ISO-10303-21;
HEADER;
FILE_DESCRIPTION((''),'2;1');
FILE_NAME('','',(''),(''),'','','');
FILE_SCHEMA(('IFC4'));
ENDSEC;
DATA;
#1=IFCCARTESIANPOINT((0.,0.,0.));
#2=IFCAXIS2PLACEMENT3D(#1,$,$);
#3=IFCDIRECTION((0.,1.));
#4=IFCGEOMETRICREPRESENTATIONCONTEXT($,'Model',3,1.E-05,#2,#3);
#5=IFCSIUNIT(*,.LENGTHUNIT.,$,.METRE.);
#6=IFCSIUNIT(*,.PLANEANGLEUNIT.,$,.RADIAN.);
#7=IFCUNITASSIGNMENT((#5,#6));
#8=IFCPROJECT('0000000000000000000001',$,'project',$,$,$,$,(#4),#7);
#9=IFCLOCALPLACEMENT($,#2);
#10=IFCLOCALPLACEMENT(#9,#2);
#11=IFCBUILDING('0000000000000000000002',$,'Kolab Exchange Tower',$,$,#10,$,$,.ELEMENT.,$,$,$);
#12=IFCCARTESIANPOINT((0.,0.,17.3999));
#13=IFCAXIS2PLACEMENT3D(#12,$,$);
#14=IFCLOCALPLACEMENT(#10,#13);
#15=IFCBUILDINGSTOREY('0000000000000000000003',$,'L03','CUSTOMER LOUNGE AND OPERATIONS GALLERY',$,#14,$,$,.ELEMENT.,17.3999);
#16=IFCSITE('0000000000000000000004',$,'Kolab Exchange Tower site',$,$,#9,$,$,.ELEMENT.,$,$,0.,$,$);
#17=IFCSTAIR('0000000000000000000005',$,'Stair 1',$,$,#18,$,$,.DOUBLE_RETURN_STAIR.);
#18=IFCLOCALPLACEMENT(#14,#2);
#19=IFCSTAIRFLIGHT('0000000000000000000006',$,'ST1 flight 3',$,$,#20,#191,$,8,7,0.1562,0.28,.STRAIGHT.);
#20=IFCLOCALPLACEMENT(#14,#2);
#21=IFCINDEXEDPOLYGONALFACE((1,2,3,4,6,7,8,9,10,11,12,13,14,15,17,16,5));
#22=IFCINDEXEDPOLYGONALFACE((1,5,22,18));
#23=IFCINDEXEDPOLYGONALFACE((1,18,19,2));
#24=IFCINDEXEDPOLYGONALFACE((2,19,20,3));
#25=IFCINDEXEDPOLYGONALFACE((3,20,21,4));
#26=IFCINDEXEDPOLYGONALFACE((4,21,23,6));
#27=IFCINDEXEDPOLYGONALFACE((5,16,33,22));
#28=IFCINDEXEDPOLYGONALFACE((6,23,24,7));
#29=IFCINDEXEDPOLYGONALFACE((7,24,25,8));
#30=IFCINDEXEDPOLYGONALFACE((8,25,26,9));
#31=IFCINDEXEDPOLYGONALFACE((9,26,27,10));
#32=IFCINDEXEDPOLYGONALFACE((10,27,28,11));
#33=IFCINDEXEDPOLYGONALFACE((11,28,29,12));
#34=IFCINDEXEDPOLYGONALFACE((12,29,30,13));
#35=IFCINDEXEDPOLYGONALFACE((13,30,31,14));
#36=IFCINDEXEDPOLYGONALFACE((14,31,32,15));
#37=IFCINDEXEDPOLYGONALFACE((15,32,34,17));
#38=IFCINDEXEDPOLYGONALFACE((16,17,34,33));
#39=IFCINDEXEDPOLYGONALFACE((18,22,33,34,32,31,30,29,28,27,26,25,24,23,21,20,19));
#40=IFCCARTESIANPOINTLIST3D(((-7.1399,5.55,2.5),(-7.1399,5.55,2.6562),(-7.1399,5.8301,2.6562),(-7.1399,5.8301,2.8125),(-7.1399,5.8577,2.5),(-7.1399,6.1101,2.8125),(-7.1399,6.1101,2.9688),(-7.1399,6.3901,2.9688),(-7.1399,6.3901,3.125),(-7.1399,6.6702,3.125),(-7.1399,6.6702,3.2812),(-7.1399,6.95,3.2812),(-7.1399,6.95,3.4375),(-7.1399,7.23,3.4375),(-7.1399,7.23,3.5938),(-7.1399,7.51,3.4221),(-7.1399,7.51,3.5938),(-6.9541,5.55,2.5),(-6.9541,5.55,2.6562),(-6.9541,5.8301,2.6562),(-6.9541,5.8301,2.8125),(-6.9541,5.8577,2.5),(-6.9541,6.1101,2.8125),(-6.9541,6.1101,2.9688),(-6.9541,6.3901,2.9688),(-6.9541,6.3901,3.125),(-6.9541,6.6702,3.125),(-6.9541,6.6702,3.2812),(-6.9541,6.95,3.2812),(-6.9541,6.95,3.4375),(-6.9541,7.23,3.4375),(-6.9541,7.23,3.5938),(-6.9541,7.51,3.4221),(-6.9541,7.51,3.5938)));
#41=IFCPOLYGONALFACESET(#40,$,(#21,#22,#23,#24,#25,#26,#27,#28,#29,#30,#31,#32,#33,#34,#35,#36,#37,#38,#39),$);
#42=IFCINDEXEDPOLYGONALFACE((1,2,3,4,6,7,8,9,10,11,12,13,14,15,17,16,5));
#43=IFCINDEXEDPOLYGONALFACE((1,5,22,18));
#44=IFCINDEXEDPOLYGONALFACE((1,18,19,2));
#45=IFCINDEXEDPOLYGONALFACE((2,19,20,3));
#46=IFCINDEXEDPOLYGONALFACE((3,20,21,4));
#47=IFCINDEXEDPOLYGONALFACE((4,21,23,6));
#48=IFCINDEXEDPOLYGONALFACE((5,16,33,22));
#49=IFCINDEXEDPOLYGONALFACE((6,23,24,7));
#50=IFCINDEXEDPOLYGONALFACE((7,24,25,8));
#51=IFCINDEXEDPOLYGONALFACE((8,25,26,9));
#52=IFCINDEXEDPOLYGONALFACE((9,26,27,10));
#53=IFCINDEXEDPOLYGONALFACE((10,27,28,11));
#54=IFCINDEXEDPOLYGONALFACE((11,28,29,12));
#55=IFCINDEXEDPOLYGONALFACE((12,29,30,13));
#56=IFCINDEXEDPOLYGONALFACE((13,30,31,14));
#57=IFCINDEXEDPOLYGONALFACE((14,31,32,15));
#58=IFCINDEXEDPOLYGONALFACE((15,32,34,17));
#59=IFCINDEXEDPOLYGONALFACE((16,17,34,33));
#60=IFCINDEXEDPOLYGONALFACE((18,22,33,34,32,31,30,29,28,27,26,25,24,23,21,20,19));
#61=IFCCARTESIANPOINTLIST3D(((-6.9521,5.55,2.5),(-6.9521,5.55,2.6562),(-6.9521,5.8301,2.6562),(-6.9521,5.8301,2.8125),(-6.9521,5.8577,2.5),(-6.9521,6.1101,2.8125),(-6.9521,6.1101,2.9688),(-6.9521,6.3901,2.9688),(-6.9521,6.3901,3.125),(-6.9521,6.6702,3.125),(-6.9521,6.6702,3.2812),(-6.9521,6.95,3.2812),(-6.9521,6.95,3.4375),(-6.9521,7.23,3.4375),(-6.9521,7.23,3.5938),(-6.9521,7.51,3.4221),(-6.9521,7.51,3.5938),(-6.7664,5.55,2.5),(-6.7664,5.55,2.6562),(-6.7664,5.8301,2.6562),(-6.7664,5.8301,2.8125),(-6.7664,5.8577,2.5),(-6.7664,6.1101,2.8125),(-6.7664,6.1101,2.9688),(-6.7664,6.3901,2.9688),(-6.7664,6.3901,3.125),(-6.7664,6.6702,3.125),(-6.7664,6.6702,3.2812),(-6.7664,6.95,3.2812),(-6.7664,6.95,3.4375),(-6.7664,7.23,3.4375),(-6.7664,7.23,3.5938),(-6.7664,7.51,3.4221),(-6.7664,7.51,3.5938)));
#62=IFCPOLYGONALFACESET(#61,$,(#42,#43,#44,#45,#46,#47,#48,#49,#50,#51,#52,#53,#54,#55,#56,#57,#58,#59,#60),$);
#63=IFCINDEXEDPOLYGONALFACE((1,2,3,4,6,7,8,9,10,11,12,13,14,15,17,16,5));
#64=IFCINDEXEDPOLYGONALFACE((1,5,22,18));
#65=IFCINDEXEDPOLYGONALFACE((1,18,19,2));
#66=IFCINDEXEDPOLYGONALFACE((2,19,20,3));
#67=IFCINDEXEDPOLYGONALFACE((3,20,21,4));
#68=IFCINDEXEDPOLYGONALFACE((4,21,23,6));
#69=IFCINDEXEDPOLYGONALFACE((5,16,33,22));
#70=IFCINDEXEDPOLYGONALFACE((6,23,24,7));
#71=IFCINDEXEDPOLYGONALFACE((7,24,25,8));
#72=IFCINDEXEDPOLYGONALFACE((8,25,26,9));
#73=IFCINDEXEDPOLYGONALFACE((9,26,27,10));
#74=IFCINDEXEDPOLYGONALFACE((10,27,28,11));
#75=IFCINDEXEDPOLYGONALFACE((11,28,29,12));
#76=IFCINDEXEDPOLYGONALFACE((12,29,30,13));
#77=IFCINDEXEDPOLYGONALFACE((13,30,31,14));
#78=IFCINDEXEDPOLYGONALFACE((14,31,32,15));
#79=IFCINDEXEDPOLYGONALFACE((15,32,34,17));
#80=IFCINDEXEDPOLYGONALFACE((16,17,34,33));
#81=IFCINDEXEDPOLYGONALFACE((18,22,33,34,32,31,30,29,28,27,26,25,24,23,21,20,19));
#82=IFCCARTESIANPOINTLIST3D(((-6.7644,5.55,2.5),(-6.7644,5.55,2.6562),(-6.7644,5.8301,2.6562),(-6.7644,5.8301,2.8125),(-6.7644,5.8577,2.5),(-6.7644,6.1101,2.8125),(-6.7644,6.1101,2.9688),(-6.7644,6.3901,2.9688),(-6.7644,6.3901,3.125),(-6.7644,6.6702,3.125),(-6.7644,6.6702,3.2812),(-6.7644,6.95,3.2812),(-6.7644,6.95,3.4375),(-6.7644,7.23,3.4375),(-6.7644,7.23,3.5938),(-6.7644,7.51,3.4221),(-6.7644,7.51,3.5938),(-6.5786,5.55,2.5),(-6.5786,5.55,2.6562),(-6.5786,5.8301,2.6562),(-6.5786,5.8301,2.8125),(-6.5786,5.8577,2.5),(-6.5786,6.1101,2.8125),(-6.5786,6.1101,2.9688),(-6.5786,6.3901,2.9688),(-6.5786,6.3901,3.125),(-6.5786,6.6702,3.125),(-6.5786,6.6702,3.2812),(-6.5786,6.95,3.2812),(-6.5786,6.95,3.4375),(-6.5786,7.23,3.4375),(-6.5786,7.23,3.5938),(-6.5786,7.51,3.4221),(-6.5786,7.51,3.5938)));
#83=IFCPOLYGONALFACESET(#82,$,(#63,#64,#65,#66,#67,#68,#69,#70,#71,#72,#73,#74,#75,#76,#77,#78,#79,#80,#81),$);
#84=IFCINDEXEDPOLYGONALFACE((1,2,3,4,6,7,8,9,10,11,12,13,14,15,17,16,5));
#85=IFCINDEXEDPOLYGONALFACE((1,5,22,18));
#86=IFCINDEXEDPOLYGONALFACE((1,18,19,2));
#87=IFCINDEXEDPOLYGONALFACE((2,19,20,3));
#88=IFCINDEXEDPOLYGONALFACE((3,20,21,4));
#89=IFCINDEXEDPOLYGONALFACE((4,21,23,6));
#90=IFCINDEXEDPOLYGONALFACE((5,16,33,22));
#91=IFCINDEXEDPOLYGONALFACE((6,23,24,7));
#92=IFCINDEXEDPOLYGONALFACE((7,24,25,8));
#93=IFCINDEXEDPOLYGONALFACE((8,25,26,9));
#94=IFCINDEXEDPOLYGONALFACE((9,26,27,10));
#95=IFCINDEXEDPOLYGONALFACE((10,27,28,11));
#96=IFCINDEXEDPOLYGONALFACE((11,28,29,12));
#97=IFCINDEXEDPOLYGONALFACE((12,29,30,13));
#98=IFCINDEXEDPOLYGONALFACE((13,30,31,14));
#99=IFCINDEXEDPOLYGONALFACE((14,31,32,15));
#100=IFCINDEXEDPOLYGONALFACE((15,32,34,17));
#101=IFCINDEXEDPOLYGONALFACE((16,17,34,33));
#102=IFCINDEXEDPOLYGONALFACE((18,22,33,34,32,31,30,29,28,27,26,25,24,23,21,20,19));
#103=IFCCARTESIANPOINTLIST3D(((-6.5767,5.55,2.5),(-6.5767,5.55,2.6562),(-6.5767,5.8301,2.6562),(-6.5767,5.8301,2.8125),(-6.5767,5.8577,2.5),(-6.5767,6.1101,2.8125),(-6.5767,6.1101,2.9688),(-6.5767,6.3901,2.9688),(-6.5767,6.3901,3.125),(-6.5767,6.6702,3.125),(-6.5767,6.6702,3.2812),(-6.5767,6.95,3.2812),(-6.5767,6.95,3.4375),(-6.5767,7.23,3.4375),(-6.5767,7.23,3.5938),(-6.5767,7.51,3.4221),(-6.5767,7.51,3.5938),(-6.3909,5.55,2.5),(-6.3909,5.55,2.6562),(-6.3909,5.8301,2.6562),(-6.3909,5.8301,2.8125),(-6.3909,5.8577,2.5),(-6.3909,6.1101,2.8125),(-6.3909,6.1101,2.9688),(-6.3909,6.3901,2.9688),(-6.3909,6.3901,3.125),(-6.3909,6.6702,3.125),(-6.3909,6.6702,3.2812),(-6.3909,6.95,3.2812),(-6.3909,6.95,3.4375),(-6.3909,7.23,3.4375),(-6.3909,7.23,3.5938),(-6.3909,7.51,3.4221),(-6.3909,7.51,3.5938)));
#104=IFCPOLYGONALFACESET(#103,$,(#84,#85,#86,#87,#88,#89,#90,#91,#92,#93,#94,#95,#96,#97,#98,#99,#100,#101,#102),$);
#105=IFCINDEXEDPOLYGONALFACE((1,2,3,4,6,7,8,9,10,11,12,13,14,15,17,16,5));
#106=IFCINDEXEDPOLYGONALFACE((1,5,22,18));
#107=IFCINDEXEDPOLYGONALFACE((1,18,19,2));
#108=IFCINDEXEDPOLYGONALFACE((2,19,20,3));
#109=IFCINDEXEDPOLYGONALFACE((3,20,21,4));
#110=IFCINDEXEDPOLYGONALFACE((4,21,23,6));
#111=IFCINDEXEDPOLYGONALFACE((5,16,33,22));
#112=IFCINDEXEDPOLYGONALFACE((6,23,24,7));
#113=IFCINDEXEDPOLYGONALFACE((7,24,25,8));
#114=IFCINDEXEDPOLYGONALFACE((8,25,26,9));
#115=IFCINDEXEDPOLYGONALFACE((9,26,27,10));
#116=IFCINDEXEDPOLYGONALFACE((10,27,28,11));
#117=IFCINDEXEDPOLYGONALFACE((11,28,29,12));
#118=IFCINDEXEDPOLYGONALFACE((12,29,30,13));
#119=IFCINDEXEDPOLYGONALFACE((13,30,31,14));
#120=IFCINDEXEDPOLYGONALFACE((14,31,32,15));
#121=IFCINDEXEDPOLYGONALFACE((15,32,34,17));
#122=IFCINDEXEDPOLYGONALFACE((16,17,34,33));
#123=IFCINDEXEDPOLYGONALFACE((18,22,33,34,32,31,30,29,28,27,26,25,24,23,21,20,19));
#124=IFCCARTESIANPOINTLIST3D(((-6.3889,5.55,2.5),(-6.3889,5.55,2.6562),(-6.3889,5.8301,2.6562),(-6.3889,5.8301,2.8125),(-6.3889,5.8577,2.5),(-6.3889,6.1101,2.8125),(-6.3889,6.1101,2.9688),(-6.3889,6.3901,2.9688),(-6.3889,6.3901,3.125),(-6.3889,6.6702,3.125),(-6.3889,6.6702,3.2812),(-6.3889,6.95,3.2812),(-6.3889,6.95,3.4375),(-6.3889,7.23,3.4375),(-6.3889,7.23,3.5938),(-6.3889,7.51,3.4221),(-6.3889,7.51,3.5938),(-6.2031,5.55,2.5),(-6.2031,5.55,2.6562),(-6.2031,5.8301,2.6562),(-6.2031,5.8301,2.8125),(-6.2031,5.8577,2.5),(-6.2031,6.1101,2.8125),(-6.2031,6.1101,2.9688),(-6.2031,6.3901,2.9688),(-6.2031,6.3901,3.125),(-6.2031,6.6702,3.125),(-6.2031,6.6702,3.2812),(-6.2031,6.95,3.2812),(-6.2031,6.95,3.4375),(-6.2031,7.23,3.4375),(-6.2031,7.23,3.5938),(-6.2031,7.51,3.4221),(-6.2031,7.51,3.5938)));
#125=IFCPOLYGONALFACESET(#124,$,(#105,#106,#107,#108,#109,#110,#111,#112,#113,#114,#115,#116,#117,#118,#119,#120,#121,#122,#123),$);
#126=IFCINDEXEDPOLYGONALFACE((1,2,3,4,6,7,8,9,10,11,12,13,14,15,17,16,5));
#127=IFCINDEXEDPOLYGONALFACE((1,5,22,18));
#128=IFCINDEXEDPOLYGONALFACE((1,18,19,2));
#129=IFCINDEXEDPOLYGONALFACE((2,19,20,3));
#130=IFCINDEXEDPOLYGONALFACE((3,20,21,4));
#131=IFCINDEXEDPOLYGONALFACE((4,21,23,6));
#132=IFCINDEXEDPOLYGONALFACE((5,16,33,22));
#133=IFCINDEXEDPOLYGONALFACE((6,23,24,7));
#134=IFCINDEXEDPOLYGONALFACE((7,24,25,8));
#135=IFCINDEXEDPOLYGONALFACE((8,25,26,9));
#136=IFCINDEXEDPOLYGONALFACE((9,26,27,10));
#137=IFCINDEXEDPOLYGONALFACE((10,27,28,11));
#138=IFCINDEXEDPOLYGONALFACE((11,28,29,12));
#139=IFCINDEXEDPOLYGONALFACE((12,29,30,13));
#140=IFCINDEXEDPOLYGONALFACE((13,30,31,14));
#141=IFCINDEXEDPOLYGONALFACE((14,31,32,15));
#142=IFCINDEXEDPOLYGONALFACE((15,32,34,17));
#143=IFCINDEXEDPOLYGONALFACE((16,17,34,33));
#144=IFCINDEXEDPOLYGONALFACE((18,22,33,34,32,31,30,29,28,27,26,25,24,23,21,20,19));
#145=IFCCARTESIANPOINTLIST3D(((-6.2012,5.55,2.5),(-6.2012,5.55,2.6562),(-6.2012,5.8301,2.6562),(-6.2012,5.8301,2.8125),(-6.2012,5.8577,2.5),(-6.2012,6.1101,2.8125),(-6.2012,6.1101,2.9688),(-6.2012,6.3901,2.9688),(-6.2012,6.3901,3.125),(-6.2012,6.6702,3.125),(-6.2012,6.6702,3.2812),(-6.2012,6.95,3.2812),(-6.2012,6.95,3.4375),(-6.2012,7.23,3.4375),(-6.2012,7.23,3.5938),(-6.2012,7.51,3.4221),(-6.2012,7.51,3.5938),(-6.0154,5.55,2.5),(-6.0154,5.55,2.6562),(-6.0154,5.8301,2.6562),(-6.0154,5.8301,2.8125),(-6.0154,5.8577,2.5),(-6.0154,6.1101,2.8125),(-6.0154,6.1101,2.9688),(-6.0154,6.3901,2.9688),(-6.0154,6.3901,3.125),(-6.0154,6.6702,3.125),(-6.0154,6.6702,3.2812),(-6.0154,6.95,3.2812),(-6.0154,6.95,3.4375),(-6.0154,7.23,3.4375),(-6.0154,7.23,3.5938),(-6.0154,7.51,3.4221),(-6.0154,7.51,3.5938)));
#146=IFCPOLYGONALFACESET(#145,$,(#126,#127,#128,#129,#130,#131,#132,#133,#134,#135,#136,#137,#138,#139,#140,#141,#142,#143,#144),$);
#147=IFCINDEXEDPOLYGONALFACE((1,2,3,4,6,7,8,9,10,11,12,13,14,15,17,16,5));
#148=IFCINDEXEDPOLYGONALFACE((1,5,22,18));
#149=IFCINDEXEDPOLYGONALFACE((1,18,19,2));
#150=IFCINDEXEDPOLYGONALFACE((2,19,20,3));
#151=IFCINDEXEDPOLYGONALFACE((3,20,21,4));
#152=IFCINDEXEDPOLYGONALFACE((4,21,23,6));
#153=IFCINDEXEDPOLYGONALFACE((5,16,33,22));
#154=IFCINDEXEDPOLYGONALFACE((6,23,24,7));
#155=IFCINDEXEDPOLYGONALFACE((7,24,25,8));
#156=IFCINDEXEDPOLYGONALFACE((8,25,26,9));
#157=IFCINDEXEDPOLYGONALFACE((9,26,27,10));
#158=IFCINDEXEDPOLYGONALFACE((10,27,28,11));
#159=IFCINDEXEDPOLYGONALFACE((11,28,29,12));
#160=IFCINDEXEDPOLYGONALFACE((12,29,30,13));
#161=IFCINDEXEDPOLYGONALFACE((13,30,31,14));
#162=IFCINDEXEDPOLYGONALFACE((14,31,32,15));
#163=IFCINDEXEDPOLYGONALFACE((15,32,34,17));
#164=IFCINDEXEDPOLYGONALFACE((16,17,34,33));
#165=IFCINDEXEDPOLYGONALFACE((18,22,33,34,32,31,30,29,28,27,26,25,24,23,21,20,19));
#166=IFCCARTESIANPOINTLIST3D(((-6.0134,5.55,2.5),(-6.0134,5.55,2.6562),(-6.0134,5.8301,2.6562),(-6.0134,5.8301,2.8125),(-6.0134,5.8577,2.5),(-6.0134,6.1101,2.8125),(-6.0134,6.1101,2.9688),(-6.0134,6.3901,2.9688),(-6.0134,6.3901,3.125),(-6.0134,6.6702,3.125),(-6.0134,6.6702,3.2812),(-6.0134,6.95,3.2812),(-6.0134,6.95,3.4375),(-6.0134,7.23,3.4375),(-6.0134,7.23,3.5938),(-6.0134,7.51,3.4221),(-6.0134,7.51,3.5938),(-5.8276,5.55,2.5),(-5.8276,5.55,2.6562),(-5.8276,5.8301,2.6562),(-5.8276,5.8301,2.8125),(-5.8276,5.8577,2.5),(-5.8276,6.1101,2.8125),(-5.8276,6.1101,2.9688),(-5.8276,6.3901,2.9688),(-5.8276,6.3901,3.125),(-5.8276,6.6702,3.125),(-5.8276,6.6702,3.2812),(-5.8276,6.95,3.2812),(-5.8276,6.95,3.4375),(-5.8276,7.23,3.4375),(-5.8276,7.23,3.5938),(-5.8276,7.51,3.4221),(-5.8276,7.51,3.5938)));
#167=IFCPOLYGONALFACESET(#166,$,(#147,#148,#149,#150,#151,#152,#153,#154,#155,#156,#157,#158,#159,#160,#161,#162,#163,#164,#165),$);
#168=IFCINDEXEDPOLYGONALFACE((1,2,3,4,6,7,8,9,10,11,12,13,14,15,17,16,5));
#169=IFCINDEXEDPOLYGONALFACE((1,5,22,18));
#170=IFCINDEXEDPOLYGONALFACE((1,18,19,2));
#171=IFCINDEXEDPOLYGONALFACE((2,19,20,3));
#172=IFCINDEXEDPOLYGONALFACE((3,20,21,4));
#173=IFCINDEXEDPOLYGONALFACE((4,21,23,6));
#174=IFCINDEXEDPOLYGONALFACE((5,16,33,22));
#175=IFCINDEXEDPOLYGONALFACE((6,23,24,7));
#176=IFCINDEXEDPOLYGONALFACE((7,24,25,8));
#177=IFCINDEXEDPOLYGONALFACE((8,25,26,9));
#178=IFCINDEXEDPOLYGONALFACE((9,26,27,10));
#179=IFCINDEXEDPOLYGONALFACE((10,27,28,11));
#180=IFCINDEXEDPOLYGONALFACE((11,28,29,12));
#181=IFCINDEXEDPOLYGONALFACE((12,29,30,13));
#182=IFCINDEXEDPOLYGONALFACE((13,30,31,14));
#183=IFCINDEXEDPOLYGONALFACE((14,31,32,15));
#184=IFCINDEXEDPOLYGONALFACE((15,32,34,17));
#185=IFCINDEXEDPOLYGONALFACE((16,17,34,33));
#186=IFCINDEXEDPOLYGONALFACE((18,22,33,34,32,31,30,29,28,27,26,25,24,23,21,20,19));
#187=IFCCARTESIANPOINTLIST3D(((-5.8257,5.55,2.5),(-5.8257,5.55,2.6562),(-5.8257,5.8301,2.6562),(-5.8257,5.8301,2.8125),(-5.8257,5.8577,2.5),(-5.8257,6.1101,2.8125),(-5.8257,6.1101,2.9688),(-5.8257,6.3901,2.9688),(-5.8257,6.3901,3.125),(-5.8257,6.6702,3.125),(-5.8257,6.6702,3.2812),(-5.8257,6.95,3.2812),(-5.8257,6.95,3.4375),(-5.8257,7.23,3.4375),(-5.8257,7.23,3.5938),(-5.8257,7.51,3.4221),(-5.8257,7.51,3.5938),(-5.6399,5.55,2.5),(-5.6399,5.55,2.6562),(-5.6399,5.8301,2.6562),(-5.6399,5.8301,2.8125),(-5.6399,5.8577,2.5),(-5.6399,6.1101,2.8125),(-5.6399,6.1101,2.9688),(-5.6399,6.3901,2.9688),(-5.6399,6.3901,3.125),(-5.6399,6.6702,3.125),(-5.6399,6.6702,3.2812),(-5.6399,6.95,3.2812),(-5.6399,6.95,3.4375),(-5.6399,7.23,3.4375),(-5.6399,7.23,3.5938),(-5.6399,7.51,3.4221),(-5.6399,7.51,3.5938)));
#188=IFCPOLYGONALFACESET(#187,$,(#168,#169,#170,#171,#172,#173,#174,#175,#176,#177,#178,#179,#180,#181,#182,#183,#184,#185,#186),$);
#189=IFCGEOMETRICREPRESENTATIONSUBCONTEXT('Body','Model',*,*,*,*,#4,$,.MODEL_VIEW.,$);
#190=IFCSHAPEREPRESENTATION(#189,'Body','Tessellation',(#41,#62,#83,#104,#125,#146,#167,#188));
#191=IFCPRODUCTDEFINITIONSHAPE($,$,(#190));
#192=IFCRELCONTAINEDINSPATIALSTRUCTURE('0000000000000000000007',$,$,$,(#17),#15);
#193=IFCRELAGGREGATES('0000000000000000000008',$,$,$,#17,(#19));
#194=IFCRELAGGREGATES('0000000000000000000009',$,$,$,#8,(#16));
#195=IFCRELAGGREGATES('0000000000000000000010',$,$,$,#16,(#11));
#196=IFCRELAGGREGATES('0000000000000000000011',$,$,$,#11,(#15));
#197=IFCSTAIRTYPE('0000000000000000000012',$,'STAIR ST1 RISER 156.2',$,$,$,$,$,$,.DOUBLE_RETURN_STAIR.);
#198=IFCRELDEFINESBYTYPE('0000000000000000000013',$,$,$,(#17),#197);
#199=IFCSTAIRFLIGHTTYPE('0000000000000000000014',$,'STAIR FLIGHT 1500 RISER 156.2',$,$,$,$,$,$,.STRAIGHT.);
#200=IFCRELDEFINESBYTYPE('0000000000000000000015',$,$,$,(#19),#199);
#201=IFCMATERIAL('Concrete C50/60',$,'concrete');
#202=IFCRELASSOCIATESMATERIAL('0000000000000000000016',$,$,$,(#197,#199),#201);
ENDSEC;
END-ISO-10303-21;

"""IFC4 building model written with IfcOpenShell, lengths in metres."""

from ifc_helpers import new_model, si_unit, direction, frame, origin, place, context, subcontext, project, spatial, polyline, outline, extrude, material, type_object, element, aggregate, save


model = new_model("IFC4")

# Units and contexts
model_context = context("Model", 3, precision=1e-05, world=origin(), true_north=direction((0.0, 1.0)))
body_context = subcontext(model_context, "Body", "Model", "MODEL_VIEW")
ifc_project = project(units=[si_unit("LENGTHUNIT", "METRE"), si_unit("PLANEANGLEUNIT", "RADIAN")], contexts=[model_context])

# Site, building, storey
site_placement = place(None, origin())
site = spatial("IfcSite", under=ifc_project, at=site_placement, Name="Kolab Exchange Tower site", CompositionType="ELEMENT", RefElevation=0.0)
building_placement = place(site_placement, origin())
building = spatial("IfcBuilding", under=site, at=building_placement, Name="Kolab Exchange Tower", CompositionType="ELEMENT")
storey_placement = place(building_placement, frame((0.0, 0.0, 17.3999)))
storey = spatial("IfcBuildingStorey", under=building, at=storey_placement, Name="L03", Description="CUSTOMER LOUNGE AND OPERATIONS GALLERY", CompositionType="ELEMENT", Elevation=17.3999)

# Shared definitions
ifc_material_1 = material(Name="Concrete C50/60", Category="concrete")

# Stair, stair flight
stair_type = type_object("IfcStairType", Name="STAIR ST1 RISER 156.2", PredefinedType="DOUBLE_RETURN_STAIR", material=ifc_material_1)
stair_placement = place(storey_placement, origin())
stair = element("IfcStair", 1, at=stair_placement, inside=storey, type_object=stair_type, Name="Stair 1", PredefinedType="DOUBLE_RETURN_STAIR")
stair_flight_type = type_object("IfcStairFlightType", Name="STAIR FLIGHT 1500 RISER 156.2", PredefinedType="STRAIGHT", material=ifc_material_1)
stair_flight_1_placement = place(storey_placement, frame((-6.3899, 5.55, 2.5), z_axis=(0.0, 0.0, 1.0), x_axis=(0.0, 1.0, 0.0)))
stair_flight_1 = element("IfcStairFlight", 2, at=stair_flight_1_placement, type_object=stair_flight_type, Name="ST1 flight 3", NumberOfRisers=8, NumberOfTreads=7, PredefinedType="STRAIGHT", RiserHeight=0.1562, TreadLength=0.28, context=body_context, shape_type="SweptSolid", body=[
    extrude(outline(polyline([(0.0, 0.0), (0.0, 0.1562), (0.28, 0.1562), (0.28, 0.3125), (0.5601, 0.3125), (0.5601, 0.4688), (0.8401, 0.4688), (0.8401, 0.625), (1.1201, 0.625), (1.1201, 0.7812), (1.3999, 0.7812), (1.3999, 0.9375), (1.6799, 0.9375), (1.6799, 1.0938), (1.96, 1.0938), (1.96, 1.25), (1.96, 0.9221), (0.3076, 0.0), (0.0, 0.0)])), frame((0.0, 0.75, 0.0), z_axis=(0.0, -1.0, 0.0), x_axis=(1.0, 0.0, 0.0)), (0.0, 0.0, 1.0), 0.1858),
    extrude(outline(polyline([(0.0, 0.0), (0.0, 0.1562), (0.28, 0.1562), (0.28, 0.3125), (0.5601, 0.3125), (0.5601, 0.4688), (0.8401, 0.4688), (0.8401, 0.625), (1.1201, 0.625), (1.1201, 0.7812), (1.3999, 0.7812), (1.3999, 0.9375), (1.6799, 0.9375), (1.6799, 1.0938), (1.96, 1.0938), (1.96, 1.25), (1.96, 0.9221), (0.3076, 0.0), (0.0, 0.0)])), frame((0.0, 0.5623, 0.0), z_axis=(0.0, -1.0, 0.0), x_axis=(1.0, 0.0, 0.0)), (0.0, 0.0, 1.0), 0.1858),
    extrude(outline(polyline([(0.0, 0.0), (0.0, 0.1562), (0.28, 0.1562), (0.28, 0.3125), (0.5601, 0.3125), (0.5601, 0.4688), (0.8401, 0.4688), (0.8401, 0.625), (1.1201, 0.625), (1.1201, 0.7812), (1.3999, 0.7812), (1.3999, 0.9375), (1.6799, 0.9375), (1.6799, 1.0938), (1.96, 1.0938), (1.96, 1.25), (1.96, 0.9221), (0.3076, 0.0), (0.0, 0.0)])), frame((0.0, 0.3745, 0.0), z_axis=(0.0, -1.0, 0.0), x_axis=(1.0, 0.0, 0.0)), (0.0, 0.0, 1.0), 0.1858),
    extrude(outline(polyline([(0.0, 0.0), (0.0, 0.1562), (0.28, 0.1562), (0.28, 0.3125), (0.5601, 0.3125), (0.5601, 0.4688), (0.8401, 0.4688), (0.8401, 0.625), (1.1201, 0.625), (1.1201, 0.7812), (1.3999, 0.7812), (1.3999, 0.9375), (1.6799, 0.9375), (1.6799, 1.0938), (1.96, 1.0938), (1.96, 1.25), (1.96, 0.9221), (0.3076, 0.0), (0.0, 0.0)])), frame((0.0, 0.1868, 0.0), z_axis=(0.0, -1.0, 0.0), x_axis=(1.0, 0.0, 0.0)), (0.0, 0.0, 1.0), 0.1858),
    extrude(outline(polyline([(0.0, 0.0), (0.0, 0.1562), (0.28, 0.1562), (0.28, 0.3125), (0.5601, 0.3125), (0.5601, 0.4688), (0.8401, 0.4688), (0.8401, 0.625), (1.1201, 0.625), (1.1201, 0.7812), (1.3999, 0.7812), (1.3999, 0.9375), (1.6799, 0.9375), (1.6799, 1.0938), (1.96, 1.0938), (1.96, 1.25), (1.96, 0.9221), (0.3076, 0.0), (0.0, 0.0)])), frame((0.0, -0.001, 0.0), z_axis=(0.0, -1.0, 0.0), x_axis=(1.0, 0.0, 0.0)), (0.0, 0.0, 1.0), 0.1858),
    extrude(outline(polyline([(0.0, 0.0), (0.0, 0.1562), (0.28, 0.1562), (0.28, 0.3125), (0.5601, 0.3125), (0.5601, 0.4688), (0.8401, 0.4688), (0.8401, 0.625), (1.1201, 0.625), (1.1201, 0.7812), (1.3999, 0.7812), (1.3999, 0.9375), (1.6799, 0.9375), (1.6799, 1.0938), (1.96, 1.0938), (1.96, 1.25), (1.96, 0.9221), (0.3076, 0.0), (0.0, 0.0)])), frame((0.0, -0.1887, 0.0), z_axis=(0.0, -1.0, 0.0), x_axis=(1.0, 0.0, 0.0)), (0.0, 0.0, 1.0), 0.1858),
    extrude(outline(polyline([(0.0, 0.0), (0.0, 0.1562), (0.28, 0.1562), (0.28, 0.3125), (0.5601, 0.3125), (0.5601, 0.4688), (0.8401, 0.4688), (0.8401, 0.625), (1.1201, 0.625), (1.1201, 0.7812), (1.3999, 0.7812), (1.3999, 0.9375), (1.6799, 0.9375), (1.6799, 1.0938), (1.96, 1.0938), (1.96, 1.25), (1.96, 0.9221), (0.3076, 0.0), (0.0, 0.0)])), frame((0.0, -0.3765, 0.0), z_axis=(0.0, -1.0, 0.0), x_axis=(1.0, 0.0, 0.0)), (0.0, 0.0, 1.0), 0.1858),
    extrude(outline(polyline([(0.0, 0.0), (0.0, 0.1562), (0.28, 0.1562), (0.28, 0.3125), (0.5601, 0.3125), (0.5601, 0.4688), (0.8401, 0.4688), (0.8401, 0.625), (1.1201, 0.625), (1.1201, 0.7812), (1.3999, 0.7812), (1.3999, 0.9375), (1.6799, 0.9375), (1.6799, 1.0938), (1.96, 1.0938), (1.96, 1.25), (1.96, 0.9221), (0.3076, 0.0), (0.0, 0.0)])), frame((0.0, -0.5642, 0.0), z_axis=(0.0, -1.0, 0.0), x_axis=(1.0, 0.0, 0.0)), (0.0, 0.0, 1.0), 0.1858),
])
aggregate(stair, [stair_flight_1])

save(model, "model.ifc")
